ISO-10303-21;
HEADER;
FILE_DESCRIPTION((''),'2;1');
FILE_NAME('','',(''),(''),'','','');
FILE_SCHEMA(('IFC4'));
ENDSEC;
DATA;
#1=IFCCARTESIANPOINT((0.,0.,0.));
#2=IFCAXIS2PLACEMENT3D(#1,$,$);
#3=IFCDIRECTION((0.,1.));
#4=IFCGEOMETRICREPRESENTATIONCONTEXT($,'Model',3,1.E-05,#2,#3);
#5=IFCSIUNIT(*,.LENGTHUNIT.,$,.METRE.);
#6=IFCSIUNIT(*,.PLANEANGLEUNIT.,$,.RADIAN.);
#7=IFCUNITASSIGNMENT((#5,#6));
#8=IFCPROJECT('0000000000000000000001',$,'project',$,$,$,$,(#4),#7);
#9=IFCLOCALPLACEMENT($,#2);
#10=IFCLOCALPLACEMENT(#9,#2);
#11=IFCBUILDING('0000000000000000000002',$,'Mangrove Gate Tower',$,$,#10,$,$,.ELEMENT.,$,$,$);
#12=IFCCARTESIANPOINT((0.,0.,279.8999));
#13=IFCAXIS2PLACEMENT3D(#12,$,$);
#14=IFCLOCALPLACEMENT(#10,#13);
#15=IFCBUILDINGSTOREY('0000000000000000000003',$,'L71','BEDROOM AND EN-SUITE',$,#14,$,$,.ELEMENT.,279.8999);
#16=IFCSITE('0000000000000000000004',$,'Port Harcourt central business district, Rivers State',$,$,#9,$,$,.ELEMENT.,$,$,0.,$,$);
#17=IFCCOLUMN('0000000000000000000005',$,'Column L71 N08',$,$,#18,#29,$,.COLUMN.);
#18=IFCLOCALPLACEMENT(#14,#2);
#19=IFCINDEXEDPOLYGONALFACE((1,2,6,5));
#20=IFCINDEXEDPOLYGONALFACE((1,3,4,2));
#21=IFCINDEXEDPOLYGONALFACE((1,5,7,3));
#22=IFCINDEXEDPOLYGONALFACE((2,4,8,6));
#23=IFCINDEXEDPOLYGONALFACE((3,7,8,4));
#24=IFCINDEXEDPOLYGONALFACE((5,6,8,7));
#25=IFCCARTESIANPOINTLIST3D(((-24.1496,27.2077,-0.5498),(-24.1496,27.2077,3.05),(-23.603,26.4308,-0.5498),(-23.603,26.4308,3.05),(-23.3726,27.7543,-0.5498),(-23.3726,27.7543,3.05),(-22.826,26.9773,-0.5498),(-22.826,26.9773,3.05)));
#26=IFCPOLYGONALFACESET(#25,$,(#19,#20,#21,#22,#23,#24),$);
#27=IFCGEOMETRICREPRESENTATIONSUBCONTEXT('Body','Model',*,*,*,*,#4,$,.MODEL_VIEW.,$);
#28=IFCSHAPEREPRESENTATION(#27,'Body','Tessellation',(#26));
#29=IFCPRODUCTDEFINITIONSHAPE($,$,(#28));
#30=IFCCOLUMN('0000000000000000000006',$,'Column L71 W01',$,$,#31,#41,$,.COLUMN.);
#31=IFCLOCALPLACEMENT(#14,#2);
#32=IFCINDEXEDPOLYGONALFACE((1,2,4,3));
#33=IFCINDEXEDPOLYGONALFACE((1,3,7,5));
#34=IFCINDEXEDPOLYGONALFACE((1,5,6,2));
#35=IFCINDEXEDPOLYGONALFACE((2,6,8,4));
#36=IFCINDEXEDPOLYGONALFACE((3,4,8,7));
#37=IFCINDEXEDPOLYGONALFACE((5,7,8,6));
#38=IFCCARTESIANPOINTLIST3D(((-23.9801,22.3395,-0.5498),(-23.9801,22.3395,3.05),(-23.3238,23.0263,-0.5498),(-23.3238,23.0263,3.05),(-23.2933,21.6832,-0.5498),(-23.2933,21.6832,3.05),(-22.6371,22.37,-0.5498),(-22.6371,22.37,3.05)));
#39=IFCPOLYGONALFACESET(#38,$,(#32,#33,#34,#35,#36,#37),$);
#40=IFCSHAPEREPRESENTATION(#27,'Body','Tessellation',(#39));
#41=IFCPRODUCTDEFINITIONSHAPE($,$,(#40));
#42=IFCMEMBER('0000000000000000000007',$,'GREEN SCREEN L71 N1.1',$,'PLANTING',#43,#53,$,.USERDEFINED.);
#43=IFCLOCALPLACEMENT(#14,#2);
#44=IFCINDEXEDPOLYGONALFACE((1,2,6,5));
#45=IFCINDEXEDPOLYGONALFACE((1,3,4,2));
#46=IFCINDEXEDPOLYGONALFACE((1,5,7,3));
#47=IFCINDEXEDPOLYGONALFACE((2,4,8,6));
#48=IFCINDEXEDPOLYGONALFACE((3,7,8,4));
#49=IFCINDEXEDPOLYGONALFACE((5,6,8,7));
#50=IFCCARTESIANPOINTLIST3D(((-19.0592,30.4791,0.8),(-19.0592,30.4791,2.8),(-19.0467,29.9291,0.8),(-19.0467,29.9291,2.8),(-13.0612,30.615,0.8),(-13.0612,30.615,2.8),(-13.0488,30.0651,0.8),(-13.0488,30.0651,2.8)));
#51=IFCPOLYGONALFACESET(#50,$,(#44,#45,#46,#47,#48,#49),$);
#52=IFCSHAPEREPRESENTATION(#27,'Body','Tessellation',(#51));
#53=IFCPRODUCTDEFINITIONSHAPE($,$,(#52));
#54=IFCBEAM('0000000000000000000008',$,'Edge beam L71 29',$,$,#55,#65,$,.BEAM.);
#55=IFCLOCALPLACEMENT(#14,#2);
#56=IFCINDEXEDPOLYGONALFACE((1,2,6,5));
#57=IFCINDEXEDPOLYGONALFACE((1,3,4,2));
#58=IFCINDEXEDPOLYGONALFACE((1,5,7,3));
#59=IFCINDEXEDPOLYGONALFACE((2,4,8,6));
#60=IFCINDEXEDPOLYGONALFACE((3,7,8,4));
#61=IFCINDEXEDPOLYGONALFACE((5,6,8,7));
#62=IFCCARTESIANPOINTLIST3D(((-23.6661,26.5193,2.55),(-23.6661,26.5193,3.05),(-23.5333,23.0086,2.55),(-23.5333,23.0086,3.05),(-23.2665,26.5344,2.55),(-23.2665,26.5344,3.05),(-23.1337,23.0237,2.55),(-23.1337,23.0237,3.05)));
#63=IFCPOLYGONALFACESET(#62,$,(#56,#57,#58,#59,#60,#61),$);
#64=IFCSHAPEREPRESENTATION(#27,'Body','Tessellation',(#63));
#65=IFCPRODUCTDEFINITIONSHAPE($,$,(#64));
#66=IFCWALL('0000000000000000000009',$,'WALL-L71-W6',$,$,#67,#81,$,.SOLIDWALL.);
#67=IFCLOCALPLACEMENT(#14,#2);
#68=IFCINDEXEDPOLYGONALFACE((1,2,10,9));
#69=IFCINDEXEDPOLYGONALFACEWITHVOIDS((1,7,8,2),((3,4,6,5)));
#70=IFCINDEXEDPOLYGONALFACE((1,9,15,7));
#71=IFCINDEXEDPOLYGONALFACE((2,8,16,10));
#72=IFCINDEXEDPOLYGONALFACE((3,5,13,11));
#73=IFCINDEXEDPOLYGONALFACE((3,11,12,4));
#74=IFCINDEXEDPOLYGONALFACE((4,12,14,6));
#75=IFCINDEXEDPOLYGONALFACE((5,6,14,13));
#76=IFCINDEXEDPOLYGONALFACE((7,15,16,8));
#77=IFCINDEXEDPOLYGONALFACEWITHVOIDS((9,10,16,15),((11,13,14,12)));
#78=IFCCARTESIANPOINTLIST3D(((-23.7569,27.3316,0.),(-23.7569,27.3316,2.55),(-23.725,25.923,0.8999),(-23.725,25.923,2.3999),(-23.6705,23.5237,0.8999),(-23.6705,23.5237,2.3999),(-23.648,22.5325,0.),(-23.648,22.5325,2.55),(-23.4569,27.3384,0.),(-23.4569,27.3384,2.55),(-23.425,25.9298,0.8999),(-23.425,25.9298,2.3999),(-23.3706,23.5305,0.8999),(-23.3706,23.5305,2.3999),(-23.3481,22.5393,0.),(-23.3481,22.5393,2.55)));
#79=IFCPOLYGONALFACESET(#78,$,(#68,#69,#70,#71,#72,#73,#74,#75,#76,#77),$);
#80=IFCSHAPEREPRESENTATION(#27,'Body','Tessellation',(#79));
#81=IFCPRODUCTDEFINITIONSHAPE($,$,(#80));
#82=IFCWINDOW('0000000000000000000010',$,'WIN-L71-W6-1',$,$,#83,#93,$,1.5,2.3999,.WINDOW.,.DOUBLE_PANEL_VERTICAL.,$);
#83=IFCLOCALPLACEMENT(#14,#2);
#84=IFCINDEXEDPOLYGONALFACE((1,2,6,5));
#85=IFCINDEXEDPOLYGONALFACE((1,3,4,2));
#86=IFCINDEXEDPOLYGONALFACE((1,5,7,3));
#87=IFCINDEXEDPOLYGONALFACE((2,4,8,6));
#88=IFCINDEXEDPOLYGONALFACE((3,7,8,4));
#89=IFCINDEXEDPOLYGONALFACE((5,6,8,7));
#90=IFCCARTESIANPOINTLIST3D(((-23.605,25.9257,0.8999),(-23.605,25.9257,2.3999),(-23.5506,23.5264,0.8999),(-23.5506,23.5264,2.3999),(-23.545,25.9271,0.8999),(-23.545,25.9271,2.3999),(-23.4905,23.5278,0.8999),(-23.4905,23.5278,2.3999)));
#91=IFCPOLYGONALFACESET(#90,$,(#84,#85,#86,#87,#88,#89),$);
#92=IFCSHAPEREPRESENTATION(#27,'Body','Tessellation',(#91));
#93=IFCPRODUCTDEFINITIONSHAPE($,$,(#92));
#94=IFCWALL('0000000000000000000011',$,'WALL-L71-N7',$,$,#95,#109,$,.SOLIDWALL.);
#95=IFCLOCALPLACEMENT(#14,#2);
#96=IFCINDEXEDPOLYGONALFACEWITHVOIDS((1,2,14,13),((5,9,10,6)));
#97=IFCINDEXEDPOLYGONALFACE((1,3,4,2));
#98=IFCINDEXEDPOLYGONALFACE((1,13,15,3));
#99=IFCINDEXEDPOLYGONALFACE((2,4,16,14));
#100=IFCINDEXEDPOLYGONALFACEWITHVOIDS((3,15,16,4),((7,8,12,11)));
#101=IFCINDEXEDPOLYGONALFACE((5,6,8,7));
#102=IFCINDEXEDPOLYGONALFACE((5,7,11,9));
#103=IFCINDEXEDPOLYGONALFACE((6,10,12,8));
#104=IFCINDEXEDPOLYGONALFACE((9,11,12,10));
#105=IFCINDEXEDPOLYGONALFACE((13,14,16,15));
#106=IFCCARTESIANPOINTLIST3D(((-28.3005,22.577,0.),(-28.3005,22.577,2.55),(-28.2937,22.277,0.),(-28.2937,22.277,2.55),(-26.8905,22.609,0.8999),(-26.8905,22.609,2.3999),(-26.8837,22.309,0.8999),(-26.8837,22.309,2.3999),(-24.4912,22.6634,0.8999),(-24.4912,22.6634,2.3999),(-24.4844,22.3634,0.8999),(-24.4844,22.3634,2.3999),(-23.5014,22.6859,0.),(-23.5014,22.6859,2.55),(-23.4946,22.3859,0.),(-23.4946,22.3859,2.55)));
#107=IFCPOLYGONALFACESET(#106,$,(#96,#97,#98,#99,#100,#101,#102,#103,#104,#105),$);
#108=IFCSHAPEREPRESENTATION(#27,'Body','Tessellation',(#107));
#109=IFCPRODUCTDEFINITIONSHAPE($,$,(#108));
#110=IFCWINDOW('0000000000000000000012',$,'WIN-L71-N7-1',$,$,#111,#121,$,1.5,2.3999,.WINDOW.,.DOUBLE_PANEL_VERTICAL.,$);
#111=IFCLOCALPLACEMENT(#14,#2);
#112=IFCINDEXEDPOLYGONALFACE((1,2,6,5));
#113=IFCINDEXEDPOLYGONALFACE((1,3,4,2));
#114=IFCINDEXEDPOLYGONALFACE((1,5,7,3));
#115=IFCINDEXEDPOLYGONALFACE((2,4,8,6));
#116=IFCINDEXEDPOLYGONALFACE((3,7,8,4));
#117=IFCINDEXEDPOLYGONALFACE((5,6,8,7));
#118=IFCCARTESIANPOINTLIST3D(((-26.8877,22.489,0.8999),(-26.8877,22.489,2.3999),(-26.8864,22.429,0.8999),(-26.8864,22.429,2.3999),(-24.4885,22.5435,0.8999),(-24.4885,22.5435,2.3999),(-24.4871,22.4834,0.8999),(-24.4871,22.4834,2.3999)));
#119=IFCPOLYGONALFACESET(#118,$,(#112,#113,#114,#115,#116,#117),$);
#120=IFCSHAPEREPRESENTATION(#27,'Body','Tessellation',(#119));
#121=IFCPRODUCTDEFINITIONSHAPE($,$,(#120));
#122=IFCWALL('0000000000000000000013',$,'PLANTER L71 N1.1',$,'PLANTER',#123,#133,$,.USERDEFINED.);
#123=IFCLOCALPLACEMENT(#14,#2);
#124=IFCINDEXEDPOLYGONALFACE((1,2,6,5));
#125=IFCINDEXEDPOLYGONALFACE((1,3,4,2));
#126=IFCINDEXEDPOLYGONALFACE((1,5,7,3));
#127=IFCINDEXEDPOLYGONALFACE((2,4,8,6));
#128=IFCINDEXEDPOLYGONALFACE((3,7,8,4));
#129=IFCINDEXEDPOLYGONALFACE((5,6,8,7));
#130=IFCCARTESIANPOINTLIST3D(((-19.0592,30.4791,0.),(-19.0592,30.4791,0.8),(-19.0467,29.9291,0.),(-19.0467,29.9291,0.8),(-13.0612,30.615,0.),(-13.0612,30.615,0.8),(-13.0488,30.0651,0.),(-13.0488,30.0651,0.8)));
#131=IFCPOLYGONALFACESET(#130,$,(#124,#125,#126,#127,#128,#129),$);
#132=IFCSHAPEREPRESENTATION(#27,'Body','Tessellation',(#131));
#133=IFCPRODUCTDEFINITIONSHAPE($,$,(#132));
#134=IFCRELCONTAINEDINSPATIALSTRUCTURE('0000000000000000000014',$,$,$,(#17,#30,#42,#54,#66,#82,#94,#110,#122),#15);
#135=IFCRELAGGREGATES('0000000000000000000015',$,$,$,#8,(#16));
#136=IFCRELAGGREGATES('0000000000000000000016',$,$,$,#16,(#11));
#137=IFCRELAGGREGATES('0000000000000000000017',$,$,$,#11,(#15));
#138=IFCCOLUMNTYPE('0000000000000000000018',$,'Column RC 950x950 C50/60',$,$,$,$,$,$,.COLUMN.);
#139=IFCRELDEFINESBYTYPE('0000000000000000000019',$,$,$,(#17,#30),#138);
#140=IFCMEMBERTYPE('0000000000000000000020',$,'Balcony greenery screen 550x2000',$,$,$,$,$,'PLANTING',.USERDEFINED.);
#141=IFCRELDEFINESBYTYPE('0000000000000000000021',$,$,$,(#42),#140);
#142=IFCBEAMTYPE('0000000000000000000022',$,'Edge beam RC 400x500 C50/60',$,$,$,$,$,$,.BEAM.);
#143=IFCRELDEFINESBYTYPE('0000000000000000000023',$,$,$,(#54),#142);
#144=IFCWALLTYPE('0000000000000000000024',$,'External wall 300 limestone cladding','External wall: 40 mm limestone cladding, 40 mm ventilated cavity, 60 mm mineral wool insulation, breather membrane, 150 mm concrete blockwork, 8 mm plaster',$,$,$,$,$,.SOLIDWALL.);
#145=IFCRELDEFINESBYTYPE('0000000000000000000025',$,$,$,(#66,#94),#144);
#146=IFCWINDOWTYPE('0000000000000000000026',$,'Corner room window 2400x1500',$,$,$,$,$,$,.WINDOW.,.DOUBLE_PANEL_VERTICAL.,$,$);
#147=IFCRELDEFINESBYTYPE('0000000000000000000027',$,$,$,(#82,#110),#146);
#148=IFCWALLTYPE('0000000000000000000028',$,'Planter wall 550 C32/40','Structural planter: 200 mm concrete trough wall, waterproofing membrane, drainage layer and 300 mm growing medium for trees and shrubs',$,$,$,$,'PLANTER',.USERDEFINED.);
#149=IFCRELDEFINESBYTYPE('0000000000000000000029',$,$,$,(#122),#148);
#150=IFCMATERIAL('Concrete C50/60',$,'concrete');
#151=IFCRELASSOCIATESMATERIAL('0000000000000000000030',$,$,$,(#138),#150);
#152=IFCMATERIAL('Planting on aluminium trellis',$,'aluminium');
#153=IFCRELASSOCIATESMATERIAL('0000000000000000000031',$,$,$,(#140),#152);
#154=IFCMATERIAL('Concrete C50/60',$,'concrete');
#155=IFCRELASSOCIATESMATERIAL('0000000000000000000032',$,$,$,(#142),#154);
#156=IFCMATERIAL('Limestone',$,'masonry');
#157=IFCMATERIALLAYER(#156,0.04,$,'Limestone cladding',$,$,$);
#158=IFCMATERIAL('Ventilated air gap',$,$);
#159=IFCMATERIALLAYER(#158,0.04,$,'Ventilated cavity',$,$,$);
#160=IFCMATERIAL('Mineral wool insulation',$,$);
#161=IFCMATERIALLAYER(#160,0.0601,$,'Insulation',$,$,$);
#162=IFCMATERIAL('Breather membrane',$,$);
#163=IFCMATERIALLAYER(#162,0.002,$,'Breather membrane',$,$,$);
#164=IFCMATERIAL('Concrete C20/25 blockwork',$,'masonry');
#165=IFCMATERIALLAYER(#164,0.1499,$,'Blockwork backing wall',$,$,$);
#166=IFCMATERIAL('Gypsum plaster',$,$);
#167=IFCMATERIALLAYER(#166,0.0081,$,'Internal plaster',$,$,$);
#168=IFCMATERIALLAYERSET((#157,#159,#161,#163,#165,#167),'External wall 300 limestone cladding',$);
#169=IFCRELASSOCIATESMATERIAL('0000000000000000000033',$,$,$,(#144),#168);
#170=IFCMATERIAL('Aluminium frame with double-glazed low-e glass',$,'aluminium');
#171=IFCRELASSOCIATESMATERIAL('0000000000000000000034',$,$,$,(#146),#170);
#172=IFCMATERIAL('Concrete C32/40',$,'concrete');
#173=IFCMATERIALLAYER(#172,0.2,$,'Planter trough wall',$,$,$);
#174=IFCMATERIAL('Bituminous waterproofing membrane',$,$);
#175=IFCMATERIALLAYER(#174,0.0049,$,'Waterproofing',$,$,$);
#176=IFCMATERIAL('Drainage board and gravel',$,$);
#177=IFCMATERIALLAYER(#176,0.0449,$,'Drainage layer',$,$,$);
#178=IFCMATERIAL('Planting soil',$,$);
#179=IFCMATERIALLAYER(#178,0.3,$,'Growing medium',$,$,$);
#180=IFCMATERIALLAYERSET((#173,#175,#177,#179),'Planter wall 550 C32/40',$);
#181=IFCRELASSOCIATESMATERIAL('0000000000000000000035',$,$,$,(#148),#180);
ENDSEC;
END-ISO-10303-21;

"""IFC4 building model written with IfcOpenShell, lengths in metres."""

from ifc_helpers import new_model, si_unit, direction, frame, frame_2d, origin, origin_2d, place, context, subcontext, project, spatial, rectangle, extrude, material, layer, layer_set, material_profile, profile_set, type_object, element, fill, save


model = new_model("IFC4")

# Units and contexts
model_context = context("Model", 3, precision=1e-05, world=origin(), true_north=direction((0.0, 1.0)))
body_context = subcontext(model_context, "Body", "Model", "MODEL_VIEW")
ifc_project = project(units=[si_unit("LENGTHUNIT", "METRE"), si_unit("PLANEANGLEUNIT", "RADIAN")], contexts=[model_context])

# Site, building, storey
site_placement = place(None, origin())
site = spatial("IfcSite", under=ifc_project, at=site_placement, Name="Port Harcourt central business district, Rivers State", CompositionType="ELEMENT", RefElevation=0.0)
building_placement = place(site_placement, origin())
building = spatial("IfcBuilding", under=site, at=building_placement, Name="Mangrove Gate Tower", CompositionType="ELEMENT")
storey_placement = place(building_placement, frame((0.0, 0.0, 279.8999)))
storey = spatial("IfcBuildingStorey", under=building, at=storey_placement, Name="L71", Description="BEDROOM AND EN-SUITE", CompositionType="ELEMENT", Elevation=279.8999)

# Columns
ifc_material_1 = material(Name="Concrete C50/60", Category="concrete")
ifc_material_profile_1 = material_profile(ifc_material_1, rectangle(XDim=0.95, YDim=0.95, at=origin_2d()))
ifc_profile_set_1 = profile_set([ifc_material_profile_1], Name="Concrete C50/60")
column_type = type_object("IfcColumnType", Name="Column RC 950x950 C50/60", PredefinedType="COLUMN", material=ifc_profile_set_1)
for number, where, z_axis, x_axis, name in (
    (1, (-23.4878, 27.0925, -0.5498), (0.0, 0.0, 1.0), (-0.817889, -0.575376, 0.0), "Column L71 N08"),
    (2, (-23.3086, 22.3547, -0.5498), (0.0, 0.0, 1.0), (-0.690865, -0.722984, 0.0), "Column L71 W01"),
):
    element("IfcColumn", number, at=place(storey_placement, frame(where, z_axis=z_axis, x_axis=x_axis)), inside=storey, type_object=column_type, Name=name, PredefinedType="COLUMN", context=body_context, shape_type="SweptSolid", body=[
        extrude(rectangle(XDim=0.95, YDim=0.95, at=origin_2d()), origin(), (0.0, 0.0, 1.0), 3.5999),
    ])

# Member
ifc_material_2 = material(Name="Planting on aluminium trellis", Category="aluminium")
ifc_material_profile_2 = material_profile(ifc_material_2, rectangle(XDim=0.55, YDim=2.0, at=origin_2d()))
ifc_profile_set_2 = profile_set([ifc_material_profile_2], Name="Planting on aluminium trellis")
member_type = type_object("IfcMemberType", Name="Balcony greenery screen 550x2000", ElementType="PLANTING", PredefinedType="USERDEFINED", material=ifc_profile_set_2)
member_placement = place(storey_placement, frame((-19.053, 30.2041, 1.8), z_axis=(0.999743, 0.022666, 0.0), x_axis=(-0.022666, 0.999743, 0.0)))
element("IfcMember", 3, at=member_placement, inside=storey, type_object=member_type, Name="GREEN SCREEN L71 N1.1", ObjectType="PLANTING", PredefinedType="USERDEFINED", context=body_context, shape_type="SweptSolid", body=[
    extrude(rectangle(XDim=0.55, YDim=2.0, at=origin_2d()), origin(), (0.0, 0.0, 1.0), 5.9995),
])

# Beam
ifc_material_3 = material(Name="Concrete C50/60", Category="concrete")
ifc_material_profile_3 = material_profile(ifc_material_3, rectangle(XDim=0.3999, YDim=0.5, at=origin_2d()))
ifc_profile_set_3 = profile_set([ifc_material_profile_3], Name="Concrete C50/60")
beam_type = type_object("IfcBeamType", Name="Edge beam RC 400x500 C50/60", PredefinedType="BEAM", material=ifc_profile_set_3)
beam_placement = place(storey_placement, frame((-23.4663, 26.5269, 2.8), z_axis=(0.037803, -0.999285, 0.0), x_axis=(0.999285, 0.037803, 0.0)))
element("IfcBeam", 4, at=beam_placement, inside=storey, type_object=beam_type, Name="Edge beam L71 29", PredefinedType="BEAM", context=body_context, shape_type="SweptSolid", body=[
    extrude(rectangle(XDim=0.3999, YDim=0.5, at=origin_2d()), origin(), (0.0, 0.0, 1.0), 3.5132),
])

# Walls, openings, windows
ifc_material_4 = material(Name="Limestone", Category="masonry")
ifc_layer_1 = layer(ifc_material_4, 0.04, Name="Limestone cladding")
ifc_material_5 = material(Name="Ventilated air gap")
ifc_layer_2 = layer(ifc_material_5, 0.04, Name="Ventilated cavity")
ifc_material_6 = material(Name="Mineral wool insulation")
ifc_layer_3 = layer(ifc_material_6, 0.0601, Name="Insulation")
ifc_material_7 = material(Name="Breather membrane")
ifc_layer_4 = layer(ifc_material_7, 0.002, Name="Breather membrane")
ifc_material_8 = material(Name="Concrete C20/25 blockwork", Category="masonry")
ifc_layer_5 = layer(ifc_material_8, 0.1499, Name="Blockwork backing wall")
ifc_material_9 = material(Name="Gypsum plaster")
ifc_layer_6 = layer(ifc_material_9, 0.0081, Name="Internal plaster")
ifc_layer_set_1 = layer_set([ifc_layer_1, ifc_layer_2, ifc_layer_3, ifc_layer_4, ifc_layer_5, ifc_layer_6], Name="External wall 300 limestone cladding")
wall_type_1 = type_object("IfcWallType", Name="External wall 300 limestone cladding", Description="External wall: 40 mm limestone cladding, 40 mm ventilated cavity, 60 mm mineral wool insulation, breather membrane, 150 mm concrete blockwork, 8 mm plaster", PredefinedType="SOLIDWALL", material=ifc_layer_set_1)
wall_1_placement = place(storey_placement, frame((-23.6069, 27.335, 0.0), z_axis=(0.0, 0.0, 1.0), x_axis=(0.022683, -0.999743, 0.0)))
wall_1 = element("IfcWall", 5, at=wall_1_placement, inside=storey, type_object=wall_type_1, Name="WALL-L71-W6", PredefinedType="SOLIDWALL", context=body_context, shape_type="SweptSolid", body=[
    extrude(rectangle(XDim=4.8003, YDim=0.3, at=frame_2d((2.4001, 0.0))), origin(), (0.0, 0.0, 1.0), 2.55),
])
opening_1_placement = place(wall_1_placement, frame((1.4089, 0.0, 0.8999)))
opening_1 = element("IfcOpeningElement", 6, at=opening_1_placement, cuts=wall_1, PredefinedType="OPENING", context=body_context, shape_type="SweptSolid", body=[
    extrude(rectangle(XDim=2.3999, YDim=1.5, at=frame_2d((1.2, 0.75))), frame((0.0, 0.1599, 0.0), z_axis=(0.0, -1.0, 0.0), x_axis=(1.0, 0.0, 0.0)), (0.0, 0.0, 1.0), 0.3201),
])
ifc_material_10 = material(Name="Aluminium frame with double-glazed low-e glass", Category="aluminium")
window_type = type_object("IfcWindowType", Name="Corner room window 2400x1500", PartitioningType="DOUBLE_PANEL_VERTICAL", PredefinedType="WINDOW", material=ifc_material_10)
window_1_placement = place(opening_1_placement, origin())
window_1 = element("IfcWindow", 7, at=window_1_placement, inside=storey, type_object=window_type, Name="WIN-L71-W6-1", OverallHeight=1.5, OverallWidth=2.3999, PartitioningType="DOUBLE_PANEL_VERTICAL", PredefinedType="WINDOW", context=body_context, shape_type="SweptSolid", body=[
    extrude(rectangle(XDim=2.3999, YDim=1.5, at=frame_2d((1.2, 0.75))), frame((0.0, 0.03, 0.0), z_axis=(0.0, -1.0, 0.0), x_axis=(1.0, 0.0, 0.0)), (0.0, 0.0, 1.0), 0.0601),
])
fill(opening_1, window_1)
wall_2_placement = place(storey_placement, frame((-23.498, 22.5359, 0.0), z_axis=(0.0, 0.0, 1.0), x_axis=(-0.999743, -0.022683, 0.0)))
wall_2 = element("IfcWall", 8, at=wall_2_placement, inside=storey, type_object=wall_type_1, Name="WALL-L71-N7", PredefinedType="SOLIDWALL", context=body_context, shape_type="SweptSolid", body=[
    extrude(rectangle(XDim=4.8003, YDim=0.3, at=frame_2d((2.4001, 0.0))), origin(), (0.0, 0.0, 1.0), 2.55),
])
opening_2_placement = place(wall_2_placement, frame((0.99, 0.0, 0.8999)))
opening_2 = element("IfcOpeningElement", 9, at=opening_2_placement, cuts=wall_2, PredefinedType="OPENING", context=body_context, shape_type="SweptSolid", body=[
    extrude(rectangle(XDim=2.3999, YDim=1.5, at=frame_2d((1.2, 0.75))), frame((0.0, 0.1599, 0.0), z_axis=(0.0, -1.0, 0.0), x_axis=(1.0, 0.0, 0.0)), (0.0, 0.0, 1.0), 0.3201),
])
window_2_placement = place(opening_2_placement, origin())
window_2 = element("IfcWindow", 10, at=window_2_placement, inside=storey, type_object=window_type, Name="WIN-L71-N7-1", OverallHeight=1.5, OverallWidth=2.3999, PartitioningType="DOUBLE_PANEL_VERTICAL", PredefinedType="WINDOW", context=body_context, shape_type="SweptSolid", body=[
    extrude(rectangle(XDim=2.3999, YDim=1.5, at=frame_2d((1.2, 0.75))), frame((0.0, 0.03, 0.0), z_axis=(0.0, -1.0, 0.0), x_axis=(1.0, 0.0, 0.0)), (0.0, 0.0, 1.0), 0.0601),
])
fill(opening_2, window_2)

# Wall
ifc_material_11 = material(Name="Concrete C32/40", Category="concrete")
ifc_layer_7 = layer(ifc_material_11, 0.2, Name="Planter trough wall")
ifc_material_12 = material(Name="Bituminous waterproofing membrane")
ifc_layer_8 = layer(ifc_material_12, 0.0049, Name="Waterproofing")
ifc_material_13 = material(Name="Drainage board and gravel")
ifc_layer_9 = layer(ifc_material_13, 0.0449, Name="Drainage layer")
ifc_material_14 = material(Name="Planting soil")
ifc_layer_10 = layer(ifc_material_14, 0.3, Name="Growing medium")
ifc_layer_set_2 = layer_set([ifc_layer_7, ifc_layer_8, ifc_layer_9, ifc_layer_10], Name="Planter wall 550 C32/40")
wall_type_2 = type_object("IfcWallType", Name="Planter wall 550 C32/40", Description="Structural planter: 200 mm concrete trough wall, waterproofing membrane, drainage layer and 300 mm growing medium for trees and shrubs", ElementType="PLANTER", PredefinedType="USERDEFINED", material=ifc_layer_set_2)
wall_3_placement = place(storey_placement, frame((-19.053, 30.2041, 0.0), z_axis=(0.0, 0.0, 1.0), x_axis=(0.999743, 0.022666, 0.0)))
element("IfcWall", 11, at=wall_3_placement, inside=storey, type_object=wall_type_2, Name="PLANTER L71 N1.1", ObjectType="PLANTER", PredefinedType="USERDEFINED", context=body_context, shape_type="SweptSolid", body=[
    extrude(rectangle(XDim=5.9995, YDim=0.55, at=frame_2d((2.9998, 0.0))), origin(), (0.0, 0.0, 1.0), 0.8),
])

save(model, "model.ifc")
